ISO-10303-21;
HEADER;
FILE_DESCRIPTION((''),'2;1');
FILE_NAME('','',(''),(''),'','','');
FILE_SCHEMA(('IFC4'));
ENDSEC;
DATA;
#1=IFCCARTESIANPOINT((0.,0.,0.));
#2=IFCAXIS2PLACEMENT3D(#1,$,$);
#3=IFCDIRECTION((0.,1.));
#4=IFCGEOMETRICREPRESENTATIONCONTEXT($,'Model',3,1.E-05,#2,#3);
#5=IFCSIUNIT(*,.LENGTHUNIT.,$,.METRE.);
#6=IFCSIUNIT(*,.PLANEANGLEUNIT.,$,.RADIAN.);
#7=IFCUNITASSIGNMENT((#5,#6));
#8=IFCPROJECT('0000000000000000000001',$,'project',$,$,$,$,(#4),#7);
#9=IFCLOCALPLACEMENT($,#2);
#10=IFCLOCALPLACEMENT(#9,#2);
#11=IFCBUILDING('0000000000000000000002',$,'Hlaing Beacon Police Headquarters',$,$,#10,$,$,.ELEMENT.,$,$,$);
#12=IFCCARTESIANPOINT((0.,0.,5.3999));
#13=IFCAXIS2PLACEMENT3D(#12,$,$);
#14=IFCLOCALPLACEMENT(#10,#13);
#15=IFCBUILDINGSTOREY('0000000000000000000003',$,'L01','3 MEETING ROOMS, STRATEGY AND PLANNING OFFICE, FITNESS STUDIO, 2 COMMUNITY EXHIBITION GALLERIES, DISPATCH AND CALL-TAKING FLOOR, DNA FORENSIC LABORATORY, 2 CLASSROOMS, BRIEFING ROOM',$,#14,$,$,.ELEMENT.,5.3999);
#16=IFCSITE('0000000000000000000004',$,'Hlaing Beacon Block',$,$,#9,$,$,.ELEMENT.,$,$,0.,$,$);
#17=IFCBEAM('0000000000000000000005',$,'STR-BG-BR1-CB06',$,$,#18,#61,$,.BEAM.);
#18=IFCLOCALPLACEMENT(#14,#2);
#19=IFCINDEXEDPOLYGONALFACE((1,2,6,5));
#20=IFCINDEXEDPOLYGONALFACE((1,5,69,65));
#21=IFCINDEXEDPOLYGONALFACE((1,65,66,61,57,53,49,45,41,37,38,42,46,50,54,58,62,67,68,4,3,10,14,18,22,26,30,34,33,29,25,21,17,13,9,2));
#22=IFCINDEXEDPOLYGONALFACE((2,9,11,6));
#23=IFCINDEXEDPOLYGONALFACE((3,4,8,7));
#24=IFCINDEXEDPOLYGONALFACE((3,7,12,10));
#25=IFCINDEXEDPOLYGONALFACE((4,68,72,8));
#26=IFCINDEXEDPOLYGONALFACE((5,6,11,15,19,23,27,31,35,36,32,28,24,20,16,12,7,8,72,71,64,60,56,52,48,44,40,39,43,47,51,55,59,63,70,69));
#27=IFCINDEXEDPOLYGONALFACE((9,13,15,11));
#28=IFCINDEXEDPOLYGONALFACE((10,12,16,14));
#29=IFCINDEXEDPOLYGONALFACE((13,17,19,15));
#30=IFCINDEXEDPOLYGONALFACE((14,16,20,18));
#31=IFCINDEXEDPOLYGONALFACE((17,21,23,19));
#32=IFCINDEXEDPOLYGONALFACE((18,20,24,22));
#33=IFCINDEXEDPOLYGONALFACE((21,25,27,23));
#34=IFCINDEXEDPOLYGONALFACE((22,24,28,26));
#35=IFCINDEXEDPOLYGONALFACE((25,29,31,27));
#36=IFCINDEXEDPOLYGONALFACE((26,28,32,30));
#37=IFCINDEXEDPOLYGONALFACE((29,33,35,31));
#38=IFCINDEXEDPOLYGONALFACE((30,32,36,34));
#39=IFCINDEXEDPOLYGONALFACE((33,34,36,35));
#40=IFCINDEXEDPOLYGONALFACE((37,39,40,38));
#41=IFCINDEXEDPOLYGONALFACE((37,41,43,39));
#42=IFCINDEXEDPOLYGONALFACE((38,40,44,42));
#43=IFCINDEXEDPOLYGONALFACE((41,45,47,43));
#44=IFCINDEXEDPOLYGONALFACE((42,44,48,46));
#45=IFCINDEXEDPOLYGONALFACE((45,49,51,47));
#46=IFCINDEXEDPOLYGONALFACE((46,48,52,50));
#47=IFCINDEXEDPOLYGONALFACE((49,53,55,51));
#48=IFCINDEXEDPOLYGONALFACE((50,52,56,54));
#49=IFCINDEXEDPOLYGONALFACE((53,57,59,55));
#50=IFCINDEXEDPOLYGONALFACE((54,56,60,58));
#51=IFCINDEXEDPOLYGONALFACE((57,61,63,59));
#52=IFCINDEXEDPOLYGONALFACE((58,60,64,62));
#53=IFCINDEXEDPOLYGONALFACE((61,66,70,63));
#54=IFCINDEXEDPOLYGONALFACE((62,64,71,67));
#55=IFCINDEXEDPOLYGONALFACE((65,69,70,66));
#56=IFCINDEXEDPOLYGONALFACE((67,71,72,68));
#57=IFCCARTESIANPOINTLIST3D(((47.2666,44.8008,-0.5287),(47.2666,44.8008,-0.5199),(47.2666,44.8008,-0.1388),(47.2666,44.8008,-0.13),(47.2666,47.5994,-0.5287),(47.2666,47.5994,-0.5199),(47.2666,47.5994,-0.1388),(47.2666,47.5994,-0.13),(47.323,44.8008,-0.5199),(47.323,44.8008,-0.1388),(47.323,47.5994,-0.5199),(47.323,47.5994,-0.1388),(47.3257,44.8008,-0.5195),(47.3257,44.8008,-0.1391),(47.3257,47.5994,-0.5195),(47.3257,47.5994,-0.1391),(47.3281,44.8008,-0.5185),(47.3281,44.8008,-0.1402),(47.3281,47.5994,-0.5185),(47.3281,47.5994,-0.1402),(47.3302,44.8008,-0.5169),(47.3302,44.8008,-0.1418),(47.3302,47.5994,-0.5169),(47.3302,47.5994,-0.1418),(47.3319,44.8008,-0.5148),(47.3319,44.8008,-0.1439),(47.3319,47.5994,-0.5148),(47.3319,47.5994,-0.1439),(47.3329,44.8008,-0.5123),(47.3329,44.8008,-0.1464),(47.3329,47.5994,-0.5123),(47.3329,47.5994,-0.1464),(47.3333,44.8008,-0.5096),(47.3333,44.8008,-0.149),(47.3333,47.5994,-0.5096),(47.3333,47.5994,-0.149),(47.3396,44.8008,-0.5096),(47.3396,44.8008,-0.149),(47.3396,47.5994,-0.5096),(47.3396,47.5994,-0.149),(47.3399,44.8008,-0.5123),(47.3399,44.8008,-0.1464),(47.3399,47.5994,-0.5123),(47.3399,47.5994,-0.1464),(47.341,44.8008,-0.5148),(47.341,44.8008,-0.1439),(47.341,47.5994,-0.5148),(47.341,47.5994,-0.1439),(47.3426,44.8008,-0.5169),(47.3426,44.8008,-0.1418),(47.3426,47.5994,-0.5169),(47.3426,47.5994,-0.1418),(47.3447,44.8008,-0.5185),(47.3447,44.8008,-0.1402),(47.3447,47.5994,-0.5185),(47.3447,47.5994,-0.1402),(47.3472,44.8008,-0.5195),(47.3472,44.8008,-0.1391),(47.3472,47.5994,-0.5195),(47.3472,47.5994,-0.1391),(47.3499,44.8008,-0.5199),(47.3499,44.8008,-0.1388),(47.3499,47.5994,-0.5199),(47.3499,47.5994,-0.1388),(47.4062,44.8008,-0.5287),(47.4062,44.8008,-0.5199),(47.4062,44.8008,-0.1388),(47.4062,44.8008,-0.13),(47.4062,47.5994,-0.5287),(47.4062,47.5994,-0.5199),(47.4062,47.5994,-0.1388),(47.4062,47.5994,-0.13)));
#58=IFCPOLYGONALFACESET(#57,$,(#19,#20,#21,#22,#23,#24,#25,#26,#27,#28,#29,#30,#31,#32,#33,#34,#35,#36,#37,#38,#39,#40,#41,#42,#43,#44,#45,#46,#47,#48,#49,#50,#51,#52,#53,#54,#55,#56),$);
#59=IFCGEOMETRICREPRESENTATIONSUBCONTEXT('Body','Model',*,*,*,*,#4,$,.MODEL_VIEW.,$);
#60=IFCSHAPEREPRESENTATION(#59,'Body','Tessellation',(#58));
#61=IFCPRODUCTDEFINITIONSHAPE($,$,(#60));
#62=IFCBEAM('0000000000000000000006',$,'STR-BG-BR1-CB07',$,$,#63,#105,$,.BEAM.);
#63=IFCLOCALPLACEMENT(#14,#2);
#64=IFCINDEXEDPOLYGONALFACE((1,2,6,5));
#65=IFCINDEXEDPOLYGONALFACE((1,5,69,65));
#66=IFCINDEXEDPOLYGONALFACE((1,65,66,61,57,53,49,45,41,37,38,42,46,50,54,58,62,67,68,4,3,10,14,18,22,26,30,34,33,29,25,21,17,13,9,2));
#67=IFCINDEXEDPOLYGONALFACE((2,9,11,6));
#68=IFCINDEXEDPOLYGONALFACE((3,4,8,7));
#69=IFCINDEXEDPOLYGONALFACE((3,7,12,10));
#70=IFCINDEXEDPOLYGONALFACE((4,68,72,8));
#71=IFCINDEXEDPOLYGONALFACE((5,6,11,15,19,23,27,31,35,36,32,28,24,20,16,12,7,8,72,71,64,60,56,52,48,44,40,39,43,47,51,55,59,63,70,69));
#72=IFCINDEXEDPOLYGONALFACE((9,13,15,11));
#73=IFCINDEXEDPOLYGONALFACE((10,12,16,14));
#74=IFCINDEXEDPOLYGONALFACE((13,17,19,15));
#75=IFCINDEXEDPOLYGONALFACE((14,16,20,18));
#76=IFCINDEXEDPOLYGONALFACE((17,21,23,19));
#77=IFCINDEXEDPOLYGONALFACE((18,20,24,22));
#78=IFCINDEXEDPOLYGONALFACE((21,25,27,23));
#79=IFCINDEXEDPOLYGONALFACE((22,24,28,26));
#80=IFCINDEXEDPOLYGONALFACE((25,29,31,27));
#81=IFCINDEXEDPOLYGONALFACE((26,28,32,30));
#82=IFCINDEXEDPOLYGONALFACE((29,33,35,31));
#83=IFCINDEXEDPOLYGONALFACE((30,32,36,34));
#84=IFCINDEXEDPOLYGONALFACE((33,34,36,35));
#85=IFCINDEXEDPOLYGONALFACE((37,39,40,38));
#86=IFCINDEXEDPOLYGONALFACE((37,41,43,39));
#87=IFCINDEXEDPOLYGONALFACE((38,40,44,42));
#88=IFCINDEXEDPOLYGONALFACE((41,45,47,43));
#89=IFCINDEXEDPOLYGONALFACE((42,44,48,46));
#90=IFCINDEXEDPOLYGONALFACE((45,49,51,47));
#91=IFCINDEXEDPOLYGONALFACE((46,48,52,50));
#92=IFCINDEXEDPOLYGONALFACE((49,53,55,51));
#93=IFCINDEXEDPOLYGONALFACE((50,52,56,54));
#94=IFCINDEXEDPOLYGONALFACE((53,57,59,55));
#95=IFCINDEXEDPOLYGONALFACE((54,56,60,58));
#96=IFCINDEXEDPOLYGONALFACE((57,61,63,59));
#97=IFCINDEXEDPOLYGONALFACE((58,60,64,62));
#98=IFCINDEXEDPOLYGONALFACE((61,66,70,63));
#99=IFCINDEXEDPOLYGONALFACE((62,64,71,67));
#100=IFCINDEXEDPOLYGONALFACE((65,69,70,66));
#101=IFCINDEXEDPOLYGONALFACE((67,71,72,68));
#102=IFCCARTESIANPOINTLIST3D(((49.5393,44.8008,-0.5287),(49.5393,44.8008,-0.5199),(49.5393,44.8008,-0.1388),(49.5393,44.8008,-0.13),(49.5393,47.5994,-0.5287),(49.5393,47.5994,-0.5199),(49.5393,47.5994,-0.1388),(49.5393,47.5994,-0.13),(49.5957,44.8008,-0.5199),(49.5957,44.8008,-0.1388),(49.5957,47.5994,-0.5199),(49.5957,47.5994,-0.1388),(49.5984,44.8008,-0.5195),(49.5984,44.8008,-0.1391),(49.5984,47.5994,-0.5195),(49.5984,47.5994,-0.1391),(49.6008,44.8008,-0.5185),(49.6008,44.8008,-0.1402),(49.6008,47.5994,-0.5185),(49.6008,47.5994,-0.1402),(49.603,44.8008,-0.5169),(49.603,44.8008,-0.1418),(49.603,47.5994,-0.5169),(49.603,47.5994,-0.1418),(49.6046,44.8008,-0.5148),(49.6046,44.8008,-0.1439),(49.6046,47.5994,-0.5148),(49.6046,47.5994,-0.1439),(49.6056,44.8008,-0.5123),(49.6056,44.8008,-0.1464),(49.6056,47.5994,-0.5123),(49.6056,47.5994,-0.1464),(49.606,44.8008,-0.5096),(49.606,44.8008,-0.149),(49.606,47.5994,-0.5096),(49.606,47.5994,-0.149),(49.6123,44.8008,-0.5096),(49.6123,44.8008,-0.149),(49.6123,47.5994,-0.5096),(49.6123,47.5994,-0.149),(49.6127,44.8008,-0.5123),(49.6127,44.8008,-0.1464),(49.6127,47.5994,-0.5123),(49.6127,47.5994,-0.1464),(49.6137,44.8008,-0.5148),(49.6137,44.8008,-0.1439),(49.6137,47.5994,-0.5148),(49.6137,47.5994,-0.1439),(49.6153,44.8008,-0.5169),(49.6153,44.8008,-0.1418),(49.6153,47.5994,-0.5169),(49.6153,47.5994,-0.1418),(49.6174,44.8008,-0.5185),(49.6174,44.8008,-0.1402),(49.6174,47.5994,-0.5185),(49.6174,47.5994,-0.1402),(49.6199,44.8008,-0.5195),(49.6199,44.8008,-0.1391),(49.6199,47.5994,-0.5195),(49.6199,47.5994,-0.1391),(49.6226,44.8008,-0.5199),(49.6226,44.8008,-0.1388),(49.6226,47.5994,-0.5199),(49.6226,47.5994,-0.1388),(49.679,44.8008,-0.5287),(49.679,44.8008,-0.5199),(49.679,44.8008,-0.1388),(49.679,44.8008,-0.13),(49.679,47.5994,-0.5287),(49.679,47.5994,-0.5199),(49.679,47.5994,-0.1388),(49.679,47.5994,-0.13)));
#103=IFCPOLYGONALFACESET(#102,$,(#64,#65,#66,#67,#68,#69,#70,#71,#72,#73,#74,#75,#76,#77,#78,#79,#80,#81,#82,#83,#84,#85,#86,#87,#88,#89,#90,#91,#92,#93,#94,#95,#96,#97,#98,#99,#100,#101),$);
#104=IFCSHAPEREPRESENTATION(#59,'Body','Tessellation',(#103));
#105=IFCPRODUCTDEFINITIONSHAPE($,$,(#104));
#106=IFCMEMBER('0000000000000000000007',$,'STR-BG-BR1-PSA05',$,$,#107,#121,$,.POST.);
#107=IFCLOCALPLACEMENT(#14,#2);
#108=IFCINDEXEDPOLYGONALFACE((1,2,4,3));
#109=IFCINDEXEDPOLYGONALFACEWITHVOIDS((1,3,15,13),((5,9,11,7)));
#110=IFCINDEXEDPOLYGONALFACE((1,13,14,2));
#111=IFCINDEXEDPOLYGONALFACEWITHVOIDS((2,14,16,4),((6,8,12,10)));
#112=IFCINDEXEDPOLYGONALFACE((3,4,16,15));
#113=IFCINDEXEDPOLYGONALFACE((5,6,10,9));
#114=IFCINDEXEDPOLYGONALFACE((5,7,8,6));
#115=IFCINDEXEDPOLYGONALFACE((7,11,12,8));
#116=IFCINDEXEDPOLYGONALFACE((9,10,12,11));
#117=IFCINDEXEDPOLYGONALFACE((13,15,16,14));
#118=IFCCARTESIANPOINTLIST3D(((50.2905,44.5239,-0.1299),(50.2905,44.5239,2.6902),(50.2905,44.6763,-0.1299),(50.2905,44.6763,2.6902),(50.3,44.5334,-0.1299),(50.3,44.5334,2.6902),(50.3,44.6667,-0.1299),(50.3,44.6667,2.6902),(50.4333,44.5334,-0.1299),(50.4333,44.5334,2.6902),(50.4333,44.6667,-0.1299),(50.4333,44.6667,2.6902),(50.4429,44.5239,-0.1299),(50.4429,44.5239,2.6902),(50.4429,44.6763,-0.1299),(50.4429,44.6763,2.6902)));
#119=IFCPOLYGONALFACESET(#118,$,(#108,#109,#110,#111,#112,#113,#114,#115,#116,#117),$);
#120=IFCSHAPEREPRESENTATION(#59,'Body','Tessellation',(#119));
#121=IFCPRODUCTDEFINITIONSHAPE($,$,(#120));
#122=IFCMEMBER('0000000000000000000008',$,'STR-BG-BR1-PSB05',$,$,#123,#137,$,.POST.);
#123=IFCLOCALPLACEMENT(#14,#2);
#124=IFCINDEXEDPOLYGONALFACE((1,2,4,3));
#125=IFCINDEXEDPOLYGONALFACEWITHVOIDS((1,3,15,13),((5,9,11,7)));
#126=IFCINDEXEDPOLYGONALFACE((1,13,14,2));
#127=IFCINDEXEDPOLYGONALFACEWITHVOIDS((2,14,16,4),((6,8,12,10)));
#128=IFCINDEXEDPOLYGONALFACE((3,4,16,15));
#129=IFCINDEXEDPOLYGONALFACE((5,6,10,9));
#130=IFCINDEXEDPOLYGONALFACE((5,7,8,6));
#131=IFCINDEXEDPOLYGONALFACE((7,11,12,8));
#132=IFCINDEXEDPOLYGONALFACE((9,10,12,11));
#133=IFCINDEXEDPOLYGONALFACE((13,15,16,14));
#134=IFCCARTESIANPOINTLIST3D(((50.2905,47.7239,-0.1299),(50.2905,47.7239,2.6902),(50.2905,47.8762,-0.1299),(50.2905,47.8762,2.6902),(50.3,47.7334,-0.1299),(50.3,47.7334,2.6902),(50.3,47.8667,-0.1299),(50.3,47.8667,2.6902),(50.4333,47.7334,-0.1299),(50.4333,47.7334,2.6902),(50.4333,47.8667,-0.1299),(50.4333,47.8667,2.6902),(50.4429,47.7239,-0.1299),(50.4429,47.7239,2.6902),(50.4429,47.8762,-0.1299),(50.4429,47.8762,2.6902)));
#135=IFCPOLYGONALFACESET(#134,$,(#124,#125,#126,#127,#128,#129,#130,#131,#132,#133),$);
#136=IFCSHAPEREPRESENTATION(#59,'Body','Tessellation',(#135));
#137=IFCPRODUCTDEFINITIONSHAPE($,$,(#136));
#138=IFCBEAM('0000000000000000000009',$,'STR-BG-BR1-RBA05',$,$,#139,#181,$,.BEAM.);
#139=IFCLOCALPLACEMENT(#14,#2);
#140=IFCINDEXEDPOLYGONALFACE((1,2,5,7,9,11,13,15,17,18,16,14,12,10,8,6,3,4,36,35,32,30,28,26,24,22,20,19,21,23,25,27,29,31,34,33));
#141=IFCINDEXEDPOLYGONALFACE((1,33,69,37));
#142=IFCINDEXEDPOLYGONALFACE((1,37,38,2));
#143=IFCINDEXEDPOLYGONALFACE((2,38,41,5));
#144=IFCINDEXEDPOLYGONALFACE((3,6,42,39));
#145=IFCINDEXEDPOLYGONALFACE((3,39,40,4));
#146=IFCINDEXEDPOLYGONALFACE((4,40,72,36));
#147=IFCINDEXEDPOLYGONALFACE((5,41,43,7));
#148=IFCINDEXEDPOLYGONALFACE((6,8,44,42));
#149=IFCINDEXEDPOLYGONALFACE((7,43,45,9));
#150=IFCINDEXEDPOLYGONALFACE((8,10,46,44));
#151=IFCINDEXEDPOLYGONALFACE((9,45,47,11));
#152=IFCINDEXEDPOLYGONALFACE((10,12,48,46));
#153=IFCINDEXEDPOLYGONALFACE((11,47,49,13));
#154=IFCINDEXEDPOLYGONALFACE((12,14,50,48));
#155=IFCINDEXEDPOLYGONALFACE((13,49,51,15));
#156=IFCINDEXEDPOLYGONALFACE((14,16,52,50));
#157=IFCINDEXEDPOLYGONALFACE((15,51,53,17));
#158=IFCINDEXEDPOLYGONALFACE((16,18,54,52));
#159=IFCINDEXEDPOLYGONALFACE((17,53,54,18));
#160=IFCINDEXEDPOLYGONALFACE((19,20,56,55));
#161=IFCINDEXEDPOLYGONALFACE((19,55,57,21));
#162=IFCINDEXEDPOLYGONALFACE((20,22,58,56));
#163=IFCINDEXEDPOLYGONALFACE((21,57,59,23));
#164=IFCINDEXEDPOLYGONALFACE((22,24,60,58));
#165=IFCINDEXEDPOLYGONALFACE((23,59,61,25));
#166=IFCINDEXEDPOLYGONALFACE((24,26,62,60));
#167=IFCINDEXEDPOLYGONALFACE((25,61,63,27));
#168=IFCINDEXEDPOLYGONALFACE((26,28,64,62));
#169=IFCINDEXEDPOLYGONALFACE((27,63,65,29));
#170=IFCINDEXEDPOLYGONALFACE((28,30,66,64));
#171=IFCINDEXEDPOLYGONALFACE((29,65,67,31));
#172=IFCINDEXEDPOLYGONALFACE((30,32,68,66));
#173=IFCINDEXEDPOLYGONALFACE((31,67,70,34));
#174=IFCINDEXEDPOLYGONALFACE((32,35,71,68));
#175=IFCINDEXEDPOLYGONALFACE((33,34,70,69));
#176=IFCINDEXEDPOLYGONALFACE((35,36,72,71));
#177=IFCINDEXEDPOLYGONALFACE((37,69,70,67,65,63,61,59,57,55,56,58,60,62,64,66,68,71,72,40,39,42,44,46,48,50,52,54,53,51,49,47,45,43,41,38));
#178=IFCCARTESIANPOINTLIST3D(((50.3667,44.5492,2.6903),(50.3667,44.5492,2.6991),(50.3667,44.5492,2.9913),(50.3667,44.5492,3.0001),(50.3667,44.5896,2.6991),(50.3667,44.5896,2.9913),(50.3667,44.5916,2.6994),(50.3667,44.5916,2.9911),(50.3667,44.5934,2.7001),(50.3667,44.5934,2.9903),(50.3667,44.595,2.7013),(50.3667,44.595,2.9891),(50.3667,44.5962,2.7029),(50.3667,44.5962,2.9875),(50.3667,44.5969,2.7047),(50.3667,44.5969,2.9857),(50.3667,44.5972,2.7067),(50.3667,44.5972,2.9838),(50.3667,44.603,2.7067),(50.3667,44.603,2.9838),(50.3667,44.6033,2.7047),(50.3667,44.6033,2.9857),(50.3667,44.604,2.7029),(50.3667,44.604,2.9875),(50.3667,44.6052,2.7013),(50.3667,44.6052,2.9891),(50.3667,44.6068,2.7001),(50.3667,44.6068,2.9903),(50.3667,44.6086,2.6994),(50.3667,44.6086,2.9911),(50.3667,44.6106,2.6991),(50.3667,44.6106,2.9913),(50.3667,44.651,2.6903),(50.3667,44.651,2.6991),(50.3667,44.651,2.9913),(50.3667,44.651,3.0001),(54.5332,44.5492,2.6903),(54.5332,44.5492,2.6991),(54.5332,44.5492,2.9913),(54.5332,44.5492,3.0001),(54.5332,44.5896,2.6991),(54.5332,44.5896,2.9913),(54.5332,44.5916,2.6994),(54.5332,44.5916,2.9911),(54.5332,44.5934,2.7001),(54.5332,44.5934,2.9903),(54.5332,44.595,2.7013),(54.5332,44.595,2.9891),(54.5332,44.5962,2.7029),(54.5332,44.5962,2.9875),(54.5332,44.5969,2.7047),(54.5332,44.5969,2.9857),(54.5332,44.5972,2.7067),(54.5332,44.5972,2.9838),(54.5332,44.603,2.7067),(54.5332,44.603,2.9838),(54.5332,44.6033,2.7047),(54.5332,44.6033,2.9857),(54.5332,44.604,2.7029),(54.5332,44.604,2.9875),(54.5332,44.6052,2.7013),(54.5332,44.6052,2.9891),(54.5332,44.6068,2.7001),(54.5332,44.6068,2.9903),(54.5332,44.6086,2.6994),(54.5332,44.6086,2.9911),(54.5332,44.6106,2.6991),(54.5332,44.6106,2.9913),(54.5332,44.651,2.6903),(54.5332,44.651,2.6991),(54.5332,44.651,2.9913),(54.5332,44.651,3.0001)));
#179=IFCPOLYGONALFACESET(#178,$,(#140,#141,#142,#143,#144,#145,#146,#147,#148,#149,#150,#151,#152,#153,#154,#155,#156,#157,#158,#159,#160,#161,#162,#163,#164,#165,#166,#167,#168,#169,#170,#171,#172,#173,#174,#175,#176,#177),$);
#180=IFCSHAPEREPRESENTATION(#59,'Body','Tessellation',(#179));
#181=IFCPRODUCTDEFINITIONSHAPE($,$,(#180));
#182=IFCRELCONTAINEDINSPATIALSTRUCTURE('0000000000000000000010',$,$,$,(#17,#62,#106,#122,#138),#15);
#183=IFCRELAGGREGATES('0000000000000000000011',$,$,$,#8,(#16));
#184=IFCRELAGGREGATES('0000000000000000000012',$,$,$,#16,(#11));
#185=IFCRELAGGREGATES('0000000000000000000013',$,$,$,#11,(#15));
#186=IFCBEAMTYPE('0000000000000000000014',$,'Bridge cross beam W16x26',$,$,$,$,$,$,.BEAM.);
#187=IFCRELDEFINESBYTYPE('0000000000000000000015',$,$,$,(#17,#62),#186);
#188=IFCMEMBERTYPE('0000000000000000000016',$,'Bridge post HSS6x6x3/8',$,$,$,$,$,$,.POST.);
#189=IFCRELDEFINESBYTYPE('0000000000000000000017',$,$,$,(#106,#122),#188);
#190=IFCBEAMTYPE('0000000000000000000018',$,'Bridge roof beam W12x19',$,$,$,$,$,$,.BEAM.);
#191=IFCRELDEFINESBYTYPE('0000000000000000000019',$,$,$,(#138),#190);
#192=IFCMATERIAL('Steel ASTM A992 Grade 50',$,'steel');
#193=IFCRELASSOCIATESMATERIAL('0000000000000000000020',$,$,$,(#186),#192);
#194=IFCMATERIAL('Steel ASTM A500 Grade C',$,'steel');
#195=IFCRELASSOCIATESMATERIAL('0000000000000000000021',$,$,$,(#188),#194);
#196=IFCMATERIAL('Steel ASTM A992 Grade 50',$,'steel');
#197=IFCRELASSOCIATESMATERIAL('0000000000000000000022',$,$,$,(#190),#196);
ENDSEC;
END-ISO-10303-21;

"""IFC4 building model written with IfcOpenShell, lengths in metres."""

from ifc_helpers import new_model, si_unit, direction, frame, origin, origin_2d, place, context, subcontext, project, spatial, hollow_rectangle, i_section, extrude, material, material_profile, profile_set, type_object, element, save


model = new_model("IFC4")

# Units and contexts
model_context = context("Model", 3, precision=1e-05, world=origin(), true_north=direction((0.0, 1.0)))
body_context = subcontext(model_context, "Body", "Model", "MODEL_VIEW")
ifc_project = project(units=[si_unit("LENGTHUNIT", "METRE"), si_unit("PLANEANGLEUNIT", "RADIAN")], contexts=[model_context])

# Site, building, storey
site_placement = place(None, origin())
site = spatial("IfcSite", under=ifc_project, at=site_placement, Name="Hlaing Beacon Block", CompositionType="ELEMENT", RefElevation=0.0)
building_placement = place(site_placement, origin())
building = spatial("IfcBuilding", under=site, at=building_placement, Name="Hlaing Beacon Police Headquarters", CompositionType="ELEMENT")
storey_placement = place(building_placement, frame((0.0, 0.0, 5.3999)))
storey = spatial("IfcBuildingStorey", under=building, at=storey_placement, Name="L01", Description="3 MEETING ROOMS, STRATEGY AND PLANNING OFFICE, FITNESS STUDIO, 2 COMMUNITY EXHIBITION GALLERIES, DISPATCH AND CALL-TAKING FLOOR, DNA FORENSIC LABORATORY, 2 CLASSROOMS, BRIEFING ROOM", CompositionType="ELEMENT", Elevation=5.3999)

# Beams
ifc_material_1 = material(Name="Steel ASTM A992 Grade 50", Category="steel")
ifc_material_profile_1 = material_profile(ifc_material_1, i_section(OverallWidth=0.1396, OverallDepth=0.3987, WebThickness=0.0063, FlangeThickness=0.0088, FilletRadius=0.0103, at=origin_2d()), Name="W16x26")
ifc_profile_set_1 = profile_set([ifc_material_profile_1], Name="Steel ASTM A992 Grade 50")
beam_type_1 = type_object("IfcBeamType", Name="Bridge cross beam W16x26", PredefinedType="BEAM", material=ifc_profile_set_1)
for number, where, z_axis, x_axis, name in (
    (1, (47.3364, 44.8008, -0.3293), (0.0, 1.0, 0.0), (-1.0, 0.0, 0.0), "STR-BG-BR1-CB06"),
    (2, (49.6091, 44.8008, -0.3293), (0.0, 1.0, 0.0), (-1.0, 0.0, 0.0), "STR-BG-BR1-CB07"),
):
    element("IfcBeam", number, at=place(storey_placement, frame(where, z_axis=z_axis, x_axis=x_axis)), inside=storey, type_object=beam_type_1, Name=name, PredefinedType="BEAM", context=body_context, shape_type="SweptSolid", body=[
        extrude(i_section(OverallWidth=0.1396, OverallDepth=0.3987, WebThickness=0.0063, FlangeThickness=0.0088, FilletRadius=0.0103, at=origin_2d()), origin(), (0.0, 0.0, 1.0), 2.7986),
    ])

# Members
ifc_material_2 = material(Name="Steel ASTM A500 Grade C", Category="steel")
ifc_material_profile_2 = material_profile(ifc_material_2, hollow_rectangle(XDim=0.1523, YDim=0.1523, WallThickness=0.0095, at=origin_2d()), Name="HSS6x6x3/8")
ifc_profile_set_2 = profile_set([ifc_material_profile_2], Name="Steel ASTM A500 Grade C")
member_type_1 = type_object("IfcMemberType", Name="Bridge post HSS6x6x3/8", PredefinedType="POST", material=ifc_profile_set_2)
for number, where, z_axis, x_axis, name in (
    (3, (50.3667, 44.6001, -0.1299), (0.0, 0.0, 1.0), (1.0, 0.0, 0.0), "STR-BG-BR1-PSA05"),
    (4, (50.3667, 47.8, -0.1299), (0.0, 0.0, 1.0), (1.0, 0.0, 0.0), "STR-BG-BR1-PSB05"),
):
    element("IfcMember", number, at=place(storey_placement, frame(where, z_axis=z_axis, x_axis=x_axis)), inside=storey, type_object=member_type_1, Name=name, PredefinedType="POST", context=body_context, shape_type="SweptSolid", body=[
        extrude(hollow_rectangle(XDim=0.1523, YDim=0.1523, WallThickness=0.0095, at=origin_2d()), origin(), (0.0, 0.0, 1.0), 2.8201),
    ])

# Beam
ifc_material_3 = material(Name="Steel ASTM A992 Grade 50", Category="steel")
ifc_material_profile_3 = material_profile(ifc_material_3, i_section(OverallWidth=0.1018, OverallDepth=0.3098, WebThickness=0.0059, FlangeThickness=0.0088, FilletRadius=0.0076, at=origin_2d()), Name="W12x19")
ifc_profile_set_3 = profile_set([ifc_material_profile_3], Name="Steel ASTM A992 Grade 50")
beam_type_2 = type_object("IfcBeamType", Name="Bridge roof beam W12x19", PredefinedType="BEAM", material=ifc_profile_set_3)
for number, where, z_axis, x_axis, name in (
    (5, (50.3667, 44.6001, 2.8452), (1.0, 0.0, 0.0), (0.0, 1.0, 0.0), "STR-BG-BR1-RBA05"),
):
    element("IfcBeam", number, at=place(storey_placement, frame(where, z_axis=z_axis, x_axis=x_axis)), inside=storey, type_object=beam_type_2, Name=name, PredefinedType="BEAM", context=body_context, shape_type="SweptSolid", body=[
        extrude(i_section(OverallWidth=0.1018, OverallDepth=0.3098, WebThickness=0.0059, FlangeThickness=0.0088, FilletRadius=0.0076, at=origin_2d()), origin(), (0.0, 0.0, 1.0), 4.1665),
    ])

save(model, "model.ifc")
